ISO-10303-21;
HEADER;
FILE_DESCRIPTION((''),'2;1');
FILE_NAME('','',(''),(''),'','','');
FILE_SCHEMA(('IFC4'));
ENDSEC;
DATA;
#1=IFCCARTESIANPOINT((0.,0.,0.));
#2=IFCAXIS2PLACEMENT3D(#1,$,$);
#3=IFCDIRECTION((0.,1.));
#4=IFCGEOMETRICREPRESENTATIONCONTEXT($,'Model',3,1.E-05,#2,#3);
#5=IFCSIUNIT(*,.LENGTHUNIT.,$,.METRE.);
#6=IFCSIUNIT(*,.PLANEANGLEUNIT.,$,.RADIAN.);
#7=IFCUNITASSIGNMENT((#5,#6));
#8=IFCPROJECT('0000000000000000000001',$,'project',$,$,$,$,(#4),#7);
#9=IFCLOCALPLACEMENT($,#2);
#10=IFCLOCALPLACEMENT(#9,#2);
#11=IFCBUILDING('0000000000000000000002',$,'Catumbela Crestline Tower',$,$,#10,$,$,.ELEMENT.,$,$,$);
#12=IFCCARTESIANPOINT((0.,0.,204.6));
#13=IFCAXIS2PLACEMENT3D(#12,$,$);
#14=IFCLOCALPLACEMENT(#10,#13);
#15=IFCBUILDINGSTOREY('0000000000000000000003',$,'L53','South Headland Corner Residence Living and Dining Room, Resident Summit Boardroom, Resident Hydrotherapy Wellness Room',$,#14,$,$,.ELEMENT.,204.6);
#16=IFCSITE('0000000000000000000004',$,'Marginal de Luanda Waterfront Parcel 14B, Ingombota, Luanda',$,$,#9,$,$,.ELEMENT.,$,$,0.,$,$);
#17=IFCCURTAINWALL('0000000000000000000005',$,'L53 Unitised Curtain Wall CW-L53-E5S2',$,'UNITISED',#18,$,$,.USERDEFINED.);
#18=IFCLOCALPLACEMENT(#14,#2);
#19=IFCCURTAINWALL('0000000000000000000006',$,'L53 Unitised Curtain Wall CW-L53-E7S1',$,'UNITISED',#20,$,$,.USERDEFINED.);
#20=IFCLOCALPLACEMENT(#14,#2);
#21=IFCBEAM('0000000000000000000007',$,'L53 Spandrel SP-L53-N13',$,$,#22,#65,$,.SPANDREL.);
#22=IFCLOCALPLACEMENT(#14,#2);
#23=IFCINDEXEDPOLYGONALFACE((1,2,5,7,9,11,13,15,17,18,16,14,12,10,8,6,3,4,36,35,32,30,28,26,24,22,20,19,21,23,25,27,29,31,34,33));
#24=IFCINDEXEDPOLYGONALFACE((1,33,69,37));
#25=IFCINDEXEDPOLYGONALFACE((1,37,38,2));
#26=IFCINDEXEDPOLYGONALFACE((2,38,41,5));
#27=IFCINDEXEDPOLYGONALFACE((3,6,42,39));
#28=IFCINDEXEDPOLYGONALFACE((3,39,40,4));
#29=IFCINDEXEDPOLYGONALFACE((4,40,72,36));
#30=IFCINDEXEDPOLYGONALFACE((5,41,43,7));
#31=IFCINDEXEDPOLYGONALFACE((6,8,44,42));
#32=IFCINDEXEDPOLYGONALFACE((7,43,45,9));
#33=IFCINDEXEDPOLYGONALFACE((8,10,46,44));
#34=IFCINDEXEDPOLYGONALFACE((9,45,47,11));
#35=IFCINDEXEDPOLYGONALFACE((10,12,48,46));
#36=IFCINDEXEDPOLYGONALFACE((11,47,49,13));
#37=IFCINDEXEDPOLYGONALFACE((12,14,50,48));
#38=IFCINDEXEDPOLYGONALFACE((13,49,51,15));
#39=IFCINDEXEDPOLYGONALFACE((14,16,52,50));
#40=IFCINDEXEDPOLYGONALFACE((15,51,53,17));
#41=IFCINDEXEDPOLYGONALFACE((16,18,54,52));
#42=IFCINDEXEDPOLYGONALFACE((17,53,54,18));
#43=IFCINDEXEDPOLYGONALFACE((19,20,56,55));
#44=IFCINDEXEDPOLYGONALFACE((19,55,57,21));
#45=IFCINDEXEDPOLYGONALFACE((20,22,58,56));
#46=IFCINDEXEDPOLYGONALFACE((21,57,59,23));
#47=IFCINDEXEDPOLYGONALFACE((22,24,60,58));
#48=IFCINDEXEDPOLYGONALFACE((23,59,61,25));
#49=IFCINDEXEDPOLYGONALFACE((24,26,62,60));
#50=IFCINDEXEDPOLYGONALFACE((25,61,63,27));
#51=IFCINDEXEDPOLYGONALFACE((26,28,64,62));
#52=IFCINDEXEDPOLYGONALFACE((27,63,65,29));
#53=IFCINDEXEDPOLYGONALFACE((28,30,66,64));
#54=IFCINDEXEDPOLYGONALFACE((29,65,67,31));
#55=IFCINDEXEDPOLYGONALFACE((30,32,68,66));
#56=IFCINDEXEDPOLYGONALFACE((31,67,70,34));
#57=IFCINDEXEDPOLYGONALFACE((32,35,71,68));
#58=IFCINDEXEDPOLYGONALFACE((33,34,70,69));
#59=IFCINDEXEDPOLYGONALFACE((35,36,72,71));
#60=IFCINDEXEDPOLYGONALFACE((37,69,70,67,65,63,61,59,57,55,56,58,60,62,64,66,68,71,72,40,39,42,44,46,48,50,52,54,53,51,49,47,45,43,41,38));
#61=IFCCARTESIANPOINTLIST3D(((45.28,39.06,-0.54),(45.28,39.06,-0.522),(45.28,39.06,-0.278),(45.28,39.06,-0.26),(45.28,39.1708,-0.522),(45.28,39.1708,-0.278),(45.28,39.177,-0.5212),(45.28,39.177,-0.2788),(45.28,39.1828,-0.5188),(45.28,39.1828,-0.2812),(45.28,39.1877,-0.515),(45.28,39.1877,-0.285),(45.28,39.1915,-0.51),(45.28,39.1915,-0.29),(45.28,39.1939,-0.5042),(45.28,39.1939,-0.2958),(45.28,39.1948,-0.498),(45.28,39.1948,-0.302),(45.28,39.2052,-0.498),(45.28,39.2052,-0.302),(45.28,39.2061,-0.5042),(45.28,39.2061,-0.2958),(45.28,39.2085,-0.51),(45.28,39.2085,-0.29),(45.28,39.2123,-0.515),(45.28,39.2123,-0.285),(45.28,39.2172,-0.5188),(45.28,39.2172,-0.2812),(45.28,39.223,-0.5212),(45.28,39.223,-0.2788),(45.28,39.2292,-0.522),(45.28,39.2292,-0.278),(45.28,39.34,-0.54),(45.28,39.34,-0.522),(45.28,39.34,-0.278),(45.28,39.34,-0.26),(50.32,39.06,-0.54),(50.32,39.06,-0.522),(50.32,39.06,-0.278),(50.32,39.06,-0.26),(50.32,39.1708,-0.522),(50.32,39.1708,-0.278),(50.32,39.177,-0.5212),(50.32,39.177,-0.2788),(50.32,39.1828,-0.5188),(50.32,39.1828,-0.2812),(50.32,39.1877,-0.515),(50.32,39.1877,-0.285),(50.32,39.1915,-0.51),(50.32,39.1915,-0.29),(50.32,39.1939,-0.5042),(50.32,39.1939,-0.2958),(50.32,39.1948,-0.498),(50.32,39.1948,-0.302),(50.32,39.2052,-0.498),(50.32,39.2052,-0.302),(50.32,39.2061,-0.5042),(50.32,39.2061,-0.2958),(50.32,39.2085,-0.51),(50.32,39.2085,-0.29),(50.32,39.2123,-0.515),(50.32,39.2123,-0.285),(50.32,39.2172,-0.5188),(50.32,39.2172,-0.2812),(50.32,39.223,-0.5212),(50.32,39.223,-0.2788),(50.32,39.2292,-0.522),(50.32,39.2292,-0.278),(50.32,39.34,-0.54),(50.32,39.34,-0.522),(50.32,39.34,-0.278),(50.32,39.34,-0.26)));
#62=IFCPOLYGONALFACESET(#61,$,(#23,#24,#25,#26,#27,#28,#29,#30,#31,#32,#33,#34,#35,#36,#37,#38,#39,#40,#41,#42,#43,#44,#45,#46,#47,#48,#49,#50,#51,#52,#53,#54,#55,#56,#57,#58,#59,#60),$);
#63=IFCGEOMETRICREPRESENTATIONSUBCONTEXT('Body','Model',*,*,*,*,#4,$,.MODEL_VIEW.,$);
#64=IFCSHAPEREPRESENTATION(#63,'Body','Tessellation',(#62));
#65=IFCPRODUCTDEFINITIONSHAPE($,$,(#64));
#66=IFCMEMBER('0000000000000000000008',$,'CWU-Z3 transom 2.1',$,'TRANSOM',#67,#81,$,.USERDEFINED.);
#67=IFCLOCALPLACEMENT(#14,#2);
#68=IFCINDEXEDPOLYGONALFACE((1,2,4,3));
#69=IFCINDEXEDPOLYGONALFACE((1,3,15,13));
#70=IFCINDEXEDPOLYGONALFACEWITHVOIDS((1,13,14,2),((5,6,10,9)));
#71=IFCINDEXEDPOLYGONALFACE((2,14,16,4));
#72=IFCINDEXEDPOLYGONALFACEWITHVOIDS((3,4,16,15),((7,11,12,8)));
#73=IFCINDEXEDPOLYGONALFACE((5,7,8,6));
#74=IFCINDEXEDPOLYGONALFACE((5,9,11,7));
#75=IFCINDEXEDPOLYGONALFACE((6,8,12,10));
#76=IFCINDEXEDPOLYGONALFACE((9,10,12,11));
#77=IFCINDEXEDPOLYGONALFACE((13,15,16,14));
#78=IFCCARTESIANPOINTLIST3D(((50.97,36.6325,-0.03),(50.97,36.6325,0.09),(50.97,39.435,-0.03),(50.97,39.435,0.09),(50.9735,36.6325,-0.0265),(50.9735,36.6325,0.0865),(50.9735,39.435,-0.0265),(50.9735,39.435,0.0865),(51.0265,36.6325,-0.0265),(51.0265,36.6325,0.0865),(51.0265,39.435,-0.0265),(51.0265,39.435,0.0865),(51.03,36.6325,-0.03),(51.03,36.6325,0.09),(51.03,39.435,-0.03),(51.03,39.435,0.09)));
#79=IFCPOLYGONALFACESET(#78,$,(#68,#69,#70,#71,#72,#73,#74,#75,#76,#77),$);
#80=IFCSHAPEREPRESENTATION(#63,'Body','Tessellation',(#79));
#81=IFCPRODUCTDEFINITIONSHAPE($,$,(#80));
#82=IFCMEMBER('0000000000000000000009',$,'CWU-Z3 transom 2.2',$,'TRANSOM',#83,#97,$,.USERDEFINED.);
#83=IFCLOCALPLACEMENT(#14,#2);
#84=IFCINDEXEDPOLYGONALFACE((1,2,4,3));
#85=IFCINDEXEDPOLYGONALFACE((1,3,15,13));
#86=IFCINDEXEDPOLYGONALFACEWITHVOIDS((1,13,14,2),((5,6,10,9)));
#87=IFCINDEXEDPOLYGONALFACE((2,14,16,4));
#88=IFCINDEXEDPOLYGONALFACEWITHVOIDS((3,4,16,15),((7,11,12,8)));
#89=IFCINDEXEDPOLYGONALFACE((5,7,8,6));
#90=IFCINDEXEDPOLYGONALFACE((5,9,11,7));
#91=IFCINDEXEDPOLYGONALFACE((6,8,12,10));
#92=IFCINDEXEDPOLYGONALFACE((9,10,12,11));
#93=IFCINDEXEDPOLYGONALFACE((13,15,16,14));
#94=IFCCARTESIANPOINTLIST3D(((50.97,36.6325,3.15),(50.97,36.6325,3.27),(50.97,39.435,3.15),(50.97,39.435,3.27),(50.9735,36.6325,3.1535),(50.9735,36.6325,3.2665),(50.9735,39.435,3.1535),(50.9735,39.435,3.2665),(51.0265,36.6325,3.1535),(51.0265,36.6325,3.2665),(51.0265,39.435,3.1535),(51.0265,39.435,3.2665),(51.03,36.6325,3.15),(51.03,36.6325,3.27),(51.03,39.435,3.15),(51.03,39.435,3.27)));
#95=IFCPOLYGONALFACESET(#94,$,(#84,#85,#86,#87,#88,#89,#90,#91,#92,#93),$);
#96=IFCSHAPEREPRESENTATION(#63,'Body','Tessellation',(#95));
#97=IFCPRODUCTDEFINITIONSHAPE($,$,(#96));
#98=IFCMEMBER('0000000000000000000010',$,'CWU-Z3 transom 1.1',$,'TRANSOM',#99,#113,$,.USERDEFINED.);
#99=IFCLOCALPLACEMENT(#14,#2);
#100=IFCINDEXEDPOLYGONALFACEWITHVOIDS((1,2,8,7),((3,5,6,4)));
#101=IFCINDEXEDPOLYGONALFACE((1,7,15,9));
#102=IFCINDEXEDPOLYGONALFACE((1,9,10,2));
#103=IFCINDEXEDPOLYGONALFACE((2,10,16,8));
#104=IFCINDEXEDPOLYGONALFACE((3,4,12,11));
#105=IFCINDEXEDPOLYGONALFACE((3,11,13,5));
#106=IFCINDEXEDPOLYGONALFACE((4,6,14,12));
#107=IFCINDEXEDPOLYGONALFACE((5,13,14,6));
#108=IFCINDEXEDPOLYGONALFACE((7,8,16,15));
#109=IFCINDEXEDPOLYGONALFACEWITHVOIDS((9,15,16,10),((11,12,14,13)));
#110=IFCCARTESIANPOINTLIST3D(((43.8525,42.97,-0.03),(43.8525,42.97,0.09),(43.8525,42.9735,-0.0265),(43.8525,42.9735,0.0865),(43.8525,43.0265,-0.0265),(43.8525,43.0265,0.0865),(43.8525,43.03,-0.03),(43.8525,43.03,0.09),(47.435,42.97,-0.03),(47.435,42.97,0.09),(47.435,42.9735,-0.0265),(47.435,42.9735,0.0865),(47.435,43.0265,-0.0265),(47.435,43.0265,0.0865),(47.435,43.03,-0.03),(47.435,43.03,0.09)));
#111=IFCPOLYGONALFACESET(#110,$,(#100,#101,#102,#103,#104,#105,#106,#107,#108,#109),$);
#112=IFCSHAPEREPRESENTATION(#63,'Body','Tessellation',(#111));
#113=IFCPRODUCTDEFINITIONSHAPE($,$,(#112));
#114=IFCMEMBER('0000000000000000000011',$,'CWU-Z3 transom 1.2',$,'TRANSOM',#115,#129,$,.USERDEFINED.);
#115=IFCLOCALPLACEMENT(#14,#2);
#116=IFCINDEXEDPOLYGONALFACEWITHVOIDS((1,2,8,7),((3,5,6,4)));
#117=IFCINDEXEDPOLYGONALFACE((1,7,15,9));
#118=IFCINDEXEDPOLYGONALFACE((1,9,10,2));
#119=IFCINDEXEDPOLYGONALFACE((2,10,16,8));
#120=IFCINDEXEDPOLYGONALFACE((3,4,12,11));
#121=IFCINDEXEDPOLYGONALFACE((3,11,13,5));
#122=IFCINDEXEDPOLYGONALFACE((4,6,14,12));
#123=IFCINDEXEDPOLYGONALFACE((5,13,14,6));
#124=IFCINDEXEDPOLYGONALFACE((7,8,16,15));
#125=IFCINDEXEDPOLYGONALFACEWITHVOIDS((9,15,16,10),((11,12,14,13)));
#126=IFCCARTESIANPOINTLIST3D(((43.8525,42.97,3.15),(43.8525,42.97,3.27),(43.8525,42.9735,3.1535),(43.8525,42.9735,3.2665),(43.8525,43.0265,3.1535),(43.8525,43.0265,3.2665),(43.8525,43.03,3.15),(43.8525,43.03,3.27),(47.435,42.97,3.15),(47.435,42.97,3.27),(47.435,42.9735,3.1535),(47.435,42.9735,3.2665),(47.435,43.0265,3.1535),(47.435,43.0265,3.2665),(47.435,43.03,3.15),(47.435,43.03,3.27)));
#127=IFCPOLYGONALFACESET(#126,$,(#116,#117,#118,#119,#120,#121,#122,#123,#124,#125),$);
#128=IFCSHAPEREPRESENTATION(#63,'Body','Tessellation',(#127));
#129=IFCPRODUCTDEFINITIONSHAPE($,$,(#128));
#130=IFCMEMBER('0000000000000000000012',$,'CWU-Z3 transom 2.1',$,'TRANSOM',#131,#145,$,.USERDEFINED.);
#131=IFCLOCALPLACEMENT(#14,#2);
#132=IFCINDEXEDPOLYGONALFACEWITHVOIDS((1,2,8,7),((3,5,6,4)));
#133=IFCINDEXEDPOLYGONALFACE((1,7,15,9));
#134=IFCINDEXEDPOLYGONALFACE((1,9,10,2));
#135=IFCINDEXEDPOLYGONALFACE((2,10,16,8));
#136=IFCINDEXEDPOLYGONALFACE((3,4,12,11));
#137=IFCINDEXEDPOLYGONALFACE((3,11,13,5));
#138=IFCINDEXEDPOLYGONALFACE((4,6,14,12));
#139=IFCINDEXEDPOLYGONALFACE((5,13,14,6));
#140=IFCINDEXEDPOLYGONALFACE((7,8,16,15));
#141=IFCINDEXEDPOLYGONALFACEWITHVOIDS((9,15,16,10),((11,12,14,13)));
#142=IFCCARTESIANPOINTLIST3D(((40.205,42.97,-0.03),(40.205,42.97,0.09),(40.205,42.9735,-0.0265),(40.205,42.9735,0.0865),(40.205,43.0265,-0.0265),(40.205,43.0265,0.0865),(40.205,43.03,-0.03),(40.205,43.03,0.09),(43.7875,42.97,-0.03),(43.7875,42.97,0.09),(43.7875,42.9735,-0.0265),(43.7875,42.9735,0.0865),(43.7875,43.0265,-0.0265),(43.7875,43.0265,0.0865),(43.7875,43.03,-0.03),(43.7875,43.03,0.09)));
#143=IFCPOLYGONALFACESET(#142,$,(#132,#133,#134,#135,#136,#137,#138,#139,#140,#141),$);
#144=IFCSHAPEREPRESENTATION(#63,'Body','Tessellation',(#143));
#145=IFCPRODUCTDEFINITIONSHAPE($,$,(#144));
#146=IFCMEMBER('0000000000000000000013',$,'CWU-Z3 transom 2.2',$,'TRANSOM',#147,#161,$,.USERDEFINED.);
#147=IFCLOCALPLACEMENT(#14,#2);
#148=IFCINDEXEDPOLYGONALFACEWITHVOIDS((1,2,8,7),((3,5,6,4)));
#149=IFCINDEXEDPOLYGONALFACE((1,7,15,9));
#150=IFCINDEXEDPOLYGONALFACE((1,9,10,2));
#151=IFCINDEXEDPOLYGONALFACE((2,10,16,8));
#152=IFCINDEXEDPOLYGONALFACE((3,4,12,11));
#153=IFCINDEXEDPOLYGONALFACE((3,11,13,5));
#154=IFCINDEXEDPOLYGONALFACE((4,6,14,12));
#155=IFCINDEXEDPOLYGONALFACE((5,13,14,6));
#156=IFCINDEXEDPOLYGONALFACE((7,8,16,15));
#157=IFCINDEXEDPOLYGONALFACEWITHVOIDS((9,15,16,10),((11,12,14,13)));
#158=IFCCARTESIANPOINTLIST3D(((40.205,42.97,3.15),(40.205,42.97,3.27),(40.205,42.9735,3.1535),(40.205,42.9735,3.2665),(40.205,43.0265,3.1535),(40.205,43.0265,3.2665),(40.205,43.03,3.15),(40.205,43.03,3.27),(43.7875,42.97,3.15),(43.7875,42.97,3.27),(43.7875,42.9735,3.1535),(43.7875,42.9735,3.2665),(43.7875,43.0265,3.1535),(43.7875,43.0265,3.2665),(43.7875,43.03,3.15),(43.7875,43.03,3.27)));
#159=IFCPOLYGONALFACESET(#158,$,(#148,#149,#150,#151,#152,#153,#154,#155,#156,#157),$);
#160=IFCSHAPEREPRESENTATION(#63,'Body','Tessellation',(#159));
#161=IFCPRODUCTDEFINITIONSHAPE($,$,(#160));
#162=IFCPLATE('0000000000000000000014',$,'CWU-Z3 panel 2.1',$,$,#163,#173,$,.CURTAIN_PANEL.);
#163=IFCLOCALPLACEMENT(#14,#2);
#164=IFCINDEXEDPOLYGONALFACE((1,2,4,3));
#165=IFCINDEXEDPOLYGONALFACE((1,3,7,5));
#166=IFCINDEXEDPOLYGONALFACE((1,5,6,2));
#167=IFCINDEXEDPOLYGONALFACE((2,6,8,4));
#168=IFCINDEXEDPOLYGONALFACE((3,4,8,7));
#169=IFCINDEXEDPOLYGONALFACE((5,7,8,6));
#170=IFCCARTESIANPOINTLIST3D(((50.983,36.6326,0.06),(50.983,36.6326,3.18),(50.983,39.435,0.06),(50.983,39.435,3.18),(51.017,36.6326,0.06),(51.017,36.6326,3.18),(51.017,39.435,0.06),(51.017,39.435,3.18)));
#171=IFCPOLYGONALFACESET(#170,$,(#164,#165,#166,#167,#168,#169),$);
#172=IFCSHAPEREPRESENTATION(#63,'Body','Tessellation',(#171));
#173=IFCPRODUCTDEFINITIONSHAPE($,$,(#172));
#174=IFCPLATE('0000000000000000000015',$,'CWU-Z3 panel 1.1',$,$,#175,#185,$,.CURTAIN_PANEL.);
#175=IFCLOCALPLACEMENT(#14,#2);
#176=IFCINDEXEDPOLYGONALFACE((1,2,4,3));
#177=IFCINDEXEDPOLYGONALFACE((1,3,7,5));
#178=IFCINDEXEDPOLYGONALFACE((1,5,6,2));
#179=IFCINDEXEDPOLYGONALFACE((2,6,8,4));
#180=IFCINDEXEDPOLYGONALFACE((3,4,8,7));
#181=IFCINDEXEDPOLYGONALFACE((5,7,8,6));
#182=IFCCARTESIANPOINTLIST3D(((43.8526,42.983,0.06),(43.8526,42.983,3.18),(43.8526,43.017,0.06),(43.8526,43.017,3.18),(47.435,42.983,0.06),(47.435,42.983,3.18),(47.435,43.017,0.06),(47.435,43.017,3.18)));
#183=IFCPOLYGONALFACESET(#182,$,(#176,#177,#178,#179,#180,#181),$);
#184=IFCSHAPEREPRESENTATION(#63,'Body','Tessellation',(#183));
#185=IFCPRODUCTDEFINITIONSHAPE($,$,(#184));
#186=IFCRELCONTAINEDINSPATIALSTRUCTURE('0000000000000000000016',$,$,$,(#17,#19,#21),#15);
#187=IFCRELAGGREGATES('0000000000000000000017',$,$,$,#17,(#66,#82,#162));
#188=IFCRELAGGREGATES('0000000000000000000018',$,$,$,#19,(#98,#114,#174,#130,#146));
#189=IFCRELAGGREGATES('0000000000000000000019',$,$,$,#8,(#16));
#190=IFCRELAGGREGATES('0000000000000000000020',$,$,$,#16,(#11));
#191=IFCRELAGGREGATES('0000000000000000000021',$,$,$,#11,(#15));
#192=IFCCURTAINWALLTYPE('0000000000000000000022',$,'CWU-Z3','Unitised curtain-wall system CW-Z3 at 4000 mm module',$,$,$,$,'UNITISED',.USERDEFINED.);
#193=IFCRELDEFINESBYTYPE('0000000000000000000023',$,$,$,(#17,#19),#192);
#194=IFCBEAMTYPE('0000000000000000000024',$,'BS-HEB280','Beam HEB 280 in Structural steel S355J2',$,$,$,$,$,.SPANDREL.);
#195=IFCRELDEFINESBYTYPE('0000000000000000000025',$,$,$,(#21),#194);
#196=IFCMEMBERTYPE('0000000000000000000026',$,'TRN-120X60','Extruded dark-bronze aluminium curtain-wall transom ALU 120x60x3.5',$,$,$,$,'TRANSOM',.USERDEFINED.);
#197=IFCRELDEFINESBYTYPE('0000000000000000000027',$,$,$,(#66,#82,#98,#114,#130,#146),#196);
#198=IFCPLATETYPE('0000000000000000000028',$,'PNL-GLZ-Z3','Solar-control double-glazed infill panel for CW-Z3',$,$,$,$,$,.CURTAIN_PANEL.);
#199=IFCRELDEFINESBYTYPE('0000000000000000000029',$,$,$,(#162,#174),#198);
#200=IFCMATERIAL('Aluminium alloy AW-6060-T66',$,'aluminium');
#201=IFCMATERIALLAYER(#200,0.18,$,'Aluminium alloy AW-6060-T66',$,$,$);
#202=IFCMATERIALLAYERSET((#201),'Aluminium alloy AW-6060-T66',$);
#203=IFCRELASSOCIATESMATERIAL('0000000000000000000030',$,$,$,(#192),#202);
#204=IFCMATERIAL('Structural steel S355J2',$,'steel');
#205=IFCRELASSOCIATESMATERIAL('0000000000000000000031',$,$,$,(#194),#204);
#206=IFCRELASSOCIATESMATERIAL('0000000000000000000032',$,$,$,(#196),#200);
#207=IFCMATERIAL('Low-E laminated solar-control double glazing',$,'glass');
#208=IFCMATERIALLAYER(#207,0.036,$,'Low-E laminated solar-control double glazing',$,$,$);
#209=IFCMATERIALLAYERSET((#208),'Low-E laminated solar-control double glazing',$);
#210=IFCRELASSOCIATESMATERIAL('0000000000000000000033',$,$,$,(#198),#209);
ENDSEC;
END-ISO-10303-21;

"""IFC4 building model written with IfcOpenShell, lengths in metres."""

from ifc_helpers import new_model, si_unit, direction, frame, origin, origin_2d, place, context, subcontext, project, spatial, rectangle, hollow_rectangle, i_section, extrude, material, layer, layer_set, material_profile, profile_set, type_object, element, aggregate, save


model = new_model("IFC4")

# Units and contexts
model_context = context("Model", 3, precision=1e-05, world=origin(), true_north=direction((0.0, 1.0)))
body_context = subcontext(model_context, "Body", "Model", "MODEL_VIEW")
ifc_project = project(units=[si_unit("LENGTHUNIT", "METRE"), si_unit("PLANEANGLEUNIT", "RADIAN")], contexts=[model_context])

# Site, building, storey
site_placement = place(None, origin())
site = spatial("IfcSite", under=ifc_project, at=site_placement, Name="Marginal de Luanda Waterfront Parcel 14B, Ingombota, Luanda", CompositionType="ELEMENT", RefElevation=0.0)
building_placement = place(site_placement, origin())
building = spatial("IfcBuilding", under=site, at=building_placement, Name="Catumbela Crestline Tower", CompositionType="ELEMENT")
storey_placement = place(building_placement, frame((0.0, 0.0, 204.6)))
storey = spatial("IfcBuildingStorey", under=building, at=storey_placement, Name="L53", Description="South Headland Corner Residence Living and Dining Room, Resident Summit Boardroom, Resident Hydrotherapy Wellness Room", CompositionType="ELEMENT", Elevation=204.6)

# Shared definitions
ifc_material_1 = material(Name="Structural steel S355J2", Category="steel")

# Curtain wall
ifc_material_2 = material(Name="Aluminium alloy AW-6060-T66", Category="aluminium")
ifc_layer_1 = layer(ifc_material_2, 0.18, Name="Aluminium alloy AW-6060-T66")
ifc_layer_set_1 = layer_set([ifc_layer_1], Name="Aluminium alloy AW-6060-T66")
curtain_wall_type = type_object("IfcCurtainWallType", Name="CWU-Z3", Description="Unitised curtain-wall system CW-Z3 at 4000 mm module", ElementType="UNITISED", PredefinedType="USERDEFINED", material=ifc_layer_set_1)
curtain_wall_1_placement = place(storey_placement, origin())
curtain_wall_1 = element("IfcCurtainWall", 1, at=curtain_wall_1_placement, inside=storey, type_object=curtain_wall_type, Name="L53 Unitised Curtain Wall CW-L53-E5S2", ObjectType="UNITISED", PredefinedType="USERDEFINED")

# Curtain wall
curtain_wall_2_placement = place(storey_placement, origin())
curtain_wall_2 = element("IfcCurtainWall", 2, at=curtain_wall_2_placement, inside=storey, type_object=curtain_wall_type, Name="L53 Unitised Curtain Wall CW-L53-E7S1", ObjectType="UNITISED", PredefinedType="USERDEFINED")

# Beam
ifc_material_profile_1 = material_profile(ifc_material_1, i_section(OverallWidth=0.28, OverallDepth=0.28, WebThickness=0.0105, FlangeThickness=0.018, FilletRadius=0.024, at=origin_2d()), Name="HEB 280")
ifc_profile_set_1 = profile_set([ifc_material_profile_1], Name="Structural steel S355J2")
beam_type = type_object("IfcBeamType", Name="BS-HEB280", Description="Beam HEB 280 in Structural steel S355J2", PredefinedType="SPANDREL", material=ifc_profile_set_1)
beam_placement = place(storey_placement, frame((45.28, 39.2, -0.4), z_axis=(1.0, 0.0, 0.0), x_axis=(0.0, 1.0, 0.0)))
element("IfcBeam", 3, at=beam_placement, inside=storey, type_object=beam_type, Name="L53 Spandrel SP-L53-N13", PredefinedType="SPANDREL", context=body_context, shape_type="SweptSolid", body=[
    extrude(i_section(OverallWidth=0.28, OverallDepth=0.28, WebThickness=0.0105, FlangeThickness=0.018, FilletRadius=0.024, at=origin_2d()), origin(), (0.0, 0.0, 1.0), 5.04),
])

# Members
ifc_material_profile_2 = material_profile(ifc_material_2, hollow_rectangle(XDim=0.06, YDim=0.12, WallThickness=0.0035, at=origin_2d()), Name="ALU 120x60x3.5")
ifc_profile_set_2 = profile_set([ifc_material_profile_2], Name="Aluminium alloy AW-6060-T66")
member_type_1 = type_object("IfcMemberType", Name="TRN-120X60", Description="Extruded dark-bronze aluminium curtain-wall transom ALU 120x60x3.5", ElementType="TRANSOM", PredefinedType="USERDEFINED", material=ifc_profile_set_2)
member_1_placement = place(storey_placement, frame((51.0, 36.6325, 0.03), z_axis=(0.0, 1.0, 0.0), x_axis=(-1.0, 0.0, 0.0)))
member_1 = element("IfcMember", 4, at=member_1_placement, type_object=member_type_1, Name="CWU-Z3 transom 2.1", ObjectType="TRANSOM", PredefinedType="USERDEFINED", context=body_context, shape_type="SweptSolid", body=[
    extrude(hollow_rectangle(XDim=0.06, YDim=0.12, WallThickness=0.0035, at=origin_2d()), origin(), (0.0, 0.0, 1.0), 2.8025),
])
member_2_placement = place(storey_placement, frame((51.0, 36.6325, 3.21), z_axis=(0.0, 1.0, 0.0), x_axis=(-1.0, 0.0, 0.0)))
member_2 = element("IfcMember", 5, at=member_2_placement, type_object=member_type_1, Name="CWU-Z3 transom 2.2", ObjectType="TRANSOM", PredefinedType="USERDEFINED", context=body_context, shape_type="SweptSolid", body=[
    extrude(hollow_rectangle(XDim=0.06, YDim=0.12, WallThickness=0.0035, at=origin_2d()), origin(), (0.0, 0.0, 1.0), 2.8025),
])
member_3_placement = place(storey_placement, frame((47.435, 43.0, 0.03), z_axis=(-1.0, 0.0, 0.0), x_axis=(0.0, -1.0, 0.0)))
member_3 = element("IfcMember", 6, at=member_3_placement, type_object=member_type_1, Name="CWU-Z3 transom 1.1", ObjectType="TRANSOM", PredefinedType="USERDEFINED", context=body_context, shape_type="SweptSolid", body=[
    extrude(hollow_rectangle(XDim=0.06, YDim=0.12, WallThickness=0.0035, at=origin_2d()), origin(), (0.0, 0.0, 1.0), 3.5825),
])
member_4_placement = place(storey_placement, frame((47.435, 43.0, 3.21), z_axis=(-1.0, 0.0, 0.0), x_axis=(0.0, -1.0, 0.0)))
member_4 = element("IfcMember", 7, at=member_4_placement, type_object=member_type_1, Name="CWU-Z3 transom 1.2", ObjectType="TRANSOM", PredefinedType="USERDEFINED", context=body_context, shape_type="SweptSolid", body=[
    extrude(hollow_rectangle(XDim=0.06, YDim=0.12, WallThickness=0.0035, at=origin_2d()), origin(), (0.0, 0.0, 1.0), 3.5825),
])
member_5_placement = place(storey_placement, frame((43.7875, 43.0, 0.03), z_axis=(-1.0, 0.0, 0.0), x_axis=(0.0, -1.0, 0.0)))
member_5 = element("IfcMember", 8, at=member_5_placement, type_object=member_type_1, Name="CWU-Z3 transom 2.1", ObjectType="TRANSOM", PredefinedType="USERDEFINED", context=body_context, shape_type="SweptSolid", body=[
    extrude(hollow_rectangle(XDim=0.06, YDim=0.12, WallThickness=0.0035, at=origin_2d()), origin(), (0.0, 0.0, 1.0), 3.5825),
])
member_6_placement = place(storey_placement, frame((43.7875, 43.0, 3.21), z_axis=(-1.0, 0.0, 0.0), x_axis=(0.0, -1.0, 0.0)))
member_6 = element("IfcMember", 9, at=member_6_placement, type_object=member_type_1, Name="CWU-Z3 transom 2.2", ObjectType="TRANSOM", PredefinedType="USERDEFINED", context=body_context, shape_type="SweptSolid", body=[
    extrude(hollow_rectangle(XDim=0.06, YDim=0.12, WallThickness=0.0035, at=origin_2d()), origin(), (0.0, 0.0, 1.0), 3.5825),
])

# Plates
ifc_material_3 = material(Name="Low-E laminated solar-control double glazing", Category="glass")
ifc_layer_2 = layer(ifc_material_3, 0.036, Name="Low-E laminated solar-control double glazing")
ifc_layer_set_2 = layer_set([ifc_layer_2], Name="Low-E laminated solar-control double glazing")
plate_type = type_object("IfcPlateType", Name="PNL-GLZ-Z3", Description="Solar-control double-glazed infill panel for CW-Z3", PredefinedType="CURTAIN_PANEL", material=ifc_layer_set_2)
plate_1_placement = place(storey_placement, frame((51.0, 38.0338, 0.06), z_axis=(0.0, 0.0, 1.0), x_axis=(0.0, 1.0, 0.0)))
plate_1 = element("IfcPlate", 10, at=plate_1_placement, type_object=plate_type, Name="CWU-Z3 panel 2.1", PredefinedType="CURTAIN_PANEL", context=body_context, shape_type="SweptSolid", body=[
    extrude(rectangle(XDim=2.8025, YDim=0.034, at=origin_2d()), origin(), (0.0, 0.0, 1.0), 3.12),
])
aggregate(curtain_wall_1, [member_1, member_2, plate_1])
plate_2_placement = place(storey_placement, frame((45.6438, 43.0, 0.06), z_axis=(0.0, 0.0, 1.0), x_axis=(-1.0, 0.0, 0.0)))
plate_2 = element("IfcPlate", 11, at=plate_2_placement, type_object=plate_type, Name="CWU-Z3 panel 1.1", PredefinedType="CURTAIN_PANEL", context=body_context, shape_type="SweptSolid", body=[
    extrude(rectangle(XDim=3.5825, YDim=0.034, at=origin_2d()), origin(), (0.0, 0.0, 1.0), 3.12),
])
aggregate(curtain_wall_2, [member_3, member_4, plate_2, member_5, member_6])

save(model, "model.ifc")
